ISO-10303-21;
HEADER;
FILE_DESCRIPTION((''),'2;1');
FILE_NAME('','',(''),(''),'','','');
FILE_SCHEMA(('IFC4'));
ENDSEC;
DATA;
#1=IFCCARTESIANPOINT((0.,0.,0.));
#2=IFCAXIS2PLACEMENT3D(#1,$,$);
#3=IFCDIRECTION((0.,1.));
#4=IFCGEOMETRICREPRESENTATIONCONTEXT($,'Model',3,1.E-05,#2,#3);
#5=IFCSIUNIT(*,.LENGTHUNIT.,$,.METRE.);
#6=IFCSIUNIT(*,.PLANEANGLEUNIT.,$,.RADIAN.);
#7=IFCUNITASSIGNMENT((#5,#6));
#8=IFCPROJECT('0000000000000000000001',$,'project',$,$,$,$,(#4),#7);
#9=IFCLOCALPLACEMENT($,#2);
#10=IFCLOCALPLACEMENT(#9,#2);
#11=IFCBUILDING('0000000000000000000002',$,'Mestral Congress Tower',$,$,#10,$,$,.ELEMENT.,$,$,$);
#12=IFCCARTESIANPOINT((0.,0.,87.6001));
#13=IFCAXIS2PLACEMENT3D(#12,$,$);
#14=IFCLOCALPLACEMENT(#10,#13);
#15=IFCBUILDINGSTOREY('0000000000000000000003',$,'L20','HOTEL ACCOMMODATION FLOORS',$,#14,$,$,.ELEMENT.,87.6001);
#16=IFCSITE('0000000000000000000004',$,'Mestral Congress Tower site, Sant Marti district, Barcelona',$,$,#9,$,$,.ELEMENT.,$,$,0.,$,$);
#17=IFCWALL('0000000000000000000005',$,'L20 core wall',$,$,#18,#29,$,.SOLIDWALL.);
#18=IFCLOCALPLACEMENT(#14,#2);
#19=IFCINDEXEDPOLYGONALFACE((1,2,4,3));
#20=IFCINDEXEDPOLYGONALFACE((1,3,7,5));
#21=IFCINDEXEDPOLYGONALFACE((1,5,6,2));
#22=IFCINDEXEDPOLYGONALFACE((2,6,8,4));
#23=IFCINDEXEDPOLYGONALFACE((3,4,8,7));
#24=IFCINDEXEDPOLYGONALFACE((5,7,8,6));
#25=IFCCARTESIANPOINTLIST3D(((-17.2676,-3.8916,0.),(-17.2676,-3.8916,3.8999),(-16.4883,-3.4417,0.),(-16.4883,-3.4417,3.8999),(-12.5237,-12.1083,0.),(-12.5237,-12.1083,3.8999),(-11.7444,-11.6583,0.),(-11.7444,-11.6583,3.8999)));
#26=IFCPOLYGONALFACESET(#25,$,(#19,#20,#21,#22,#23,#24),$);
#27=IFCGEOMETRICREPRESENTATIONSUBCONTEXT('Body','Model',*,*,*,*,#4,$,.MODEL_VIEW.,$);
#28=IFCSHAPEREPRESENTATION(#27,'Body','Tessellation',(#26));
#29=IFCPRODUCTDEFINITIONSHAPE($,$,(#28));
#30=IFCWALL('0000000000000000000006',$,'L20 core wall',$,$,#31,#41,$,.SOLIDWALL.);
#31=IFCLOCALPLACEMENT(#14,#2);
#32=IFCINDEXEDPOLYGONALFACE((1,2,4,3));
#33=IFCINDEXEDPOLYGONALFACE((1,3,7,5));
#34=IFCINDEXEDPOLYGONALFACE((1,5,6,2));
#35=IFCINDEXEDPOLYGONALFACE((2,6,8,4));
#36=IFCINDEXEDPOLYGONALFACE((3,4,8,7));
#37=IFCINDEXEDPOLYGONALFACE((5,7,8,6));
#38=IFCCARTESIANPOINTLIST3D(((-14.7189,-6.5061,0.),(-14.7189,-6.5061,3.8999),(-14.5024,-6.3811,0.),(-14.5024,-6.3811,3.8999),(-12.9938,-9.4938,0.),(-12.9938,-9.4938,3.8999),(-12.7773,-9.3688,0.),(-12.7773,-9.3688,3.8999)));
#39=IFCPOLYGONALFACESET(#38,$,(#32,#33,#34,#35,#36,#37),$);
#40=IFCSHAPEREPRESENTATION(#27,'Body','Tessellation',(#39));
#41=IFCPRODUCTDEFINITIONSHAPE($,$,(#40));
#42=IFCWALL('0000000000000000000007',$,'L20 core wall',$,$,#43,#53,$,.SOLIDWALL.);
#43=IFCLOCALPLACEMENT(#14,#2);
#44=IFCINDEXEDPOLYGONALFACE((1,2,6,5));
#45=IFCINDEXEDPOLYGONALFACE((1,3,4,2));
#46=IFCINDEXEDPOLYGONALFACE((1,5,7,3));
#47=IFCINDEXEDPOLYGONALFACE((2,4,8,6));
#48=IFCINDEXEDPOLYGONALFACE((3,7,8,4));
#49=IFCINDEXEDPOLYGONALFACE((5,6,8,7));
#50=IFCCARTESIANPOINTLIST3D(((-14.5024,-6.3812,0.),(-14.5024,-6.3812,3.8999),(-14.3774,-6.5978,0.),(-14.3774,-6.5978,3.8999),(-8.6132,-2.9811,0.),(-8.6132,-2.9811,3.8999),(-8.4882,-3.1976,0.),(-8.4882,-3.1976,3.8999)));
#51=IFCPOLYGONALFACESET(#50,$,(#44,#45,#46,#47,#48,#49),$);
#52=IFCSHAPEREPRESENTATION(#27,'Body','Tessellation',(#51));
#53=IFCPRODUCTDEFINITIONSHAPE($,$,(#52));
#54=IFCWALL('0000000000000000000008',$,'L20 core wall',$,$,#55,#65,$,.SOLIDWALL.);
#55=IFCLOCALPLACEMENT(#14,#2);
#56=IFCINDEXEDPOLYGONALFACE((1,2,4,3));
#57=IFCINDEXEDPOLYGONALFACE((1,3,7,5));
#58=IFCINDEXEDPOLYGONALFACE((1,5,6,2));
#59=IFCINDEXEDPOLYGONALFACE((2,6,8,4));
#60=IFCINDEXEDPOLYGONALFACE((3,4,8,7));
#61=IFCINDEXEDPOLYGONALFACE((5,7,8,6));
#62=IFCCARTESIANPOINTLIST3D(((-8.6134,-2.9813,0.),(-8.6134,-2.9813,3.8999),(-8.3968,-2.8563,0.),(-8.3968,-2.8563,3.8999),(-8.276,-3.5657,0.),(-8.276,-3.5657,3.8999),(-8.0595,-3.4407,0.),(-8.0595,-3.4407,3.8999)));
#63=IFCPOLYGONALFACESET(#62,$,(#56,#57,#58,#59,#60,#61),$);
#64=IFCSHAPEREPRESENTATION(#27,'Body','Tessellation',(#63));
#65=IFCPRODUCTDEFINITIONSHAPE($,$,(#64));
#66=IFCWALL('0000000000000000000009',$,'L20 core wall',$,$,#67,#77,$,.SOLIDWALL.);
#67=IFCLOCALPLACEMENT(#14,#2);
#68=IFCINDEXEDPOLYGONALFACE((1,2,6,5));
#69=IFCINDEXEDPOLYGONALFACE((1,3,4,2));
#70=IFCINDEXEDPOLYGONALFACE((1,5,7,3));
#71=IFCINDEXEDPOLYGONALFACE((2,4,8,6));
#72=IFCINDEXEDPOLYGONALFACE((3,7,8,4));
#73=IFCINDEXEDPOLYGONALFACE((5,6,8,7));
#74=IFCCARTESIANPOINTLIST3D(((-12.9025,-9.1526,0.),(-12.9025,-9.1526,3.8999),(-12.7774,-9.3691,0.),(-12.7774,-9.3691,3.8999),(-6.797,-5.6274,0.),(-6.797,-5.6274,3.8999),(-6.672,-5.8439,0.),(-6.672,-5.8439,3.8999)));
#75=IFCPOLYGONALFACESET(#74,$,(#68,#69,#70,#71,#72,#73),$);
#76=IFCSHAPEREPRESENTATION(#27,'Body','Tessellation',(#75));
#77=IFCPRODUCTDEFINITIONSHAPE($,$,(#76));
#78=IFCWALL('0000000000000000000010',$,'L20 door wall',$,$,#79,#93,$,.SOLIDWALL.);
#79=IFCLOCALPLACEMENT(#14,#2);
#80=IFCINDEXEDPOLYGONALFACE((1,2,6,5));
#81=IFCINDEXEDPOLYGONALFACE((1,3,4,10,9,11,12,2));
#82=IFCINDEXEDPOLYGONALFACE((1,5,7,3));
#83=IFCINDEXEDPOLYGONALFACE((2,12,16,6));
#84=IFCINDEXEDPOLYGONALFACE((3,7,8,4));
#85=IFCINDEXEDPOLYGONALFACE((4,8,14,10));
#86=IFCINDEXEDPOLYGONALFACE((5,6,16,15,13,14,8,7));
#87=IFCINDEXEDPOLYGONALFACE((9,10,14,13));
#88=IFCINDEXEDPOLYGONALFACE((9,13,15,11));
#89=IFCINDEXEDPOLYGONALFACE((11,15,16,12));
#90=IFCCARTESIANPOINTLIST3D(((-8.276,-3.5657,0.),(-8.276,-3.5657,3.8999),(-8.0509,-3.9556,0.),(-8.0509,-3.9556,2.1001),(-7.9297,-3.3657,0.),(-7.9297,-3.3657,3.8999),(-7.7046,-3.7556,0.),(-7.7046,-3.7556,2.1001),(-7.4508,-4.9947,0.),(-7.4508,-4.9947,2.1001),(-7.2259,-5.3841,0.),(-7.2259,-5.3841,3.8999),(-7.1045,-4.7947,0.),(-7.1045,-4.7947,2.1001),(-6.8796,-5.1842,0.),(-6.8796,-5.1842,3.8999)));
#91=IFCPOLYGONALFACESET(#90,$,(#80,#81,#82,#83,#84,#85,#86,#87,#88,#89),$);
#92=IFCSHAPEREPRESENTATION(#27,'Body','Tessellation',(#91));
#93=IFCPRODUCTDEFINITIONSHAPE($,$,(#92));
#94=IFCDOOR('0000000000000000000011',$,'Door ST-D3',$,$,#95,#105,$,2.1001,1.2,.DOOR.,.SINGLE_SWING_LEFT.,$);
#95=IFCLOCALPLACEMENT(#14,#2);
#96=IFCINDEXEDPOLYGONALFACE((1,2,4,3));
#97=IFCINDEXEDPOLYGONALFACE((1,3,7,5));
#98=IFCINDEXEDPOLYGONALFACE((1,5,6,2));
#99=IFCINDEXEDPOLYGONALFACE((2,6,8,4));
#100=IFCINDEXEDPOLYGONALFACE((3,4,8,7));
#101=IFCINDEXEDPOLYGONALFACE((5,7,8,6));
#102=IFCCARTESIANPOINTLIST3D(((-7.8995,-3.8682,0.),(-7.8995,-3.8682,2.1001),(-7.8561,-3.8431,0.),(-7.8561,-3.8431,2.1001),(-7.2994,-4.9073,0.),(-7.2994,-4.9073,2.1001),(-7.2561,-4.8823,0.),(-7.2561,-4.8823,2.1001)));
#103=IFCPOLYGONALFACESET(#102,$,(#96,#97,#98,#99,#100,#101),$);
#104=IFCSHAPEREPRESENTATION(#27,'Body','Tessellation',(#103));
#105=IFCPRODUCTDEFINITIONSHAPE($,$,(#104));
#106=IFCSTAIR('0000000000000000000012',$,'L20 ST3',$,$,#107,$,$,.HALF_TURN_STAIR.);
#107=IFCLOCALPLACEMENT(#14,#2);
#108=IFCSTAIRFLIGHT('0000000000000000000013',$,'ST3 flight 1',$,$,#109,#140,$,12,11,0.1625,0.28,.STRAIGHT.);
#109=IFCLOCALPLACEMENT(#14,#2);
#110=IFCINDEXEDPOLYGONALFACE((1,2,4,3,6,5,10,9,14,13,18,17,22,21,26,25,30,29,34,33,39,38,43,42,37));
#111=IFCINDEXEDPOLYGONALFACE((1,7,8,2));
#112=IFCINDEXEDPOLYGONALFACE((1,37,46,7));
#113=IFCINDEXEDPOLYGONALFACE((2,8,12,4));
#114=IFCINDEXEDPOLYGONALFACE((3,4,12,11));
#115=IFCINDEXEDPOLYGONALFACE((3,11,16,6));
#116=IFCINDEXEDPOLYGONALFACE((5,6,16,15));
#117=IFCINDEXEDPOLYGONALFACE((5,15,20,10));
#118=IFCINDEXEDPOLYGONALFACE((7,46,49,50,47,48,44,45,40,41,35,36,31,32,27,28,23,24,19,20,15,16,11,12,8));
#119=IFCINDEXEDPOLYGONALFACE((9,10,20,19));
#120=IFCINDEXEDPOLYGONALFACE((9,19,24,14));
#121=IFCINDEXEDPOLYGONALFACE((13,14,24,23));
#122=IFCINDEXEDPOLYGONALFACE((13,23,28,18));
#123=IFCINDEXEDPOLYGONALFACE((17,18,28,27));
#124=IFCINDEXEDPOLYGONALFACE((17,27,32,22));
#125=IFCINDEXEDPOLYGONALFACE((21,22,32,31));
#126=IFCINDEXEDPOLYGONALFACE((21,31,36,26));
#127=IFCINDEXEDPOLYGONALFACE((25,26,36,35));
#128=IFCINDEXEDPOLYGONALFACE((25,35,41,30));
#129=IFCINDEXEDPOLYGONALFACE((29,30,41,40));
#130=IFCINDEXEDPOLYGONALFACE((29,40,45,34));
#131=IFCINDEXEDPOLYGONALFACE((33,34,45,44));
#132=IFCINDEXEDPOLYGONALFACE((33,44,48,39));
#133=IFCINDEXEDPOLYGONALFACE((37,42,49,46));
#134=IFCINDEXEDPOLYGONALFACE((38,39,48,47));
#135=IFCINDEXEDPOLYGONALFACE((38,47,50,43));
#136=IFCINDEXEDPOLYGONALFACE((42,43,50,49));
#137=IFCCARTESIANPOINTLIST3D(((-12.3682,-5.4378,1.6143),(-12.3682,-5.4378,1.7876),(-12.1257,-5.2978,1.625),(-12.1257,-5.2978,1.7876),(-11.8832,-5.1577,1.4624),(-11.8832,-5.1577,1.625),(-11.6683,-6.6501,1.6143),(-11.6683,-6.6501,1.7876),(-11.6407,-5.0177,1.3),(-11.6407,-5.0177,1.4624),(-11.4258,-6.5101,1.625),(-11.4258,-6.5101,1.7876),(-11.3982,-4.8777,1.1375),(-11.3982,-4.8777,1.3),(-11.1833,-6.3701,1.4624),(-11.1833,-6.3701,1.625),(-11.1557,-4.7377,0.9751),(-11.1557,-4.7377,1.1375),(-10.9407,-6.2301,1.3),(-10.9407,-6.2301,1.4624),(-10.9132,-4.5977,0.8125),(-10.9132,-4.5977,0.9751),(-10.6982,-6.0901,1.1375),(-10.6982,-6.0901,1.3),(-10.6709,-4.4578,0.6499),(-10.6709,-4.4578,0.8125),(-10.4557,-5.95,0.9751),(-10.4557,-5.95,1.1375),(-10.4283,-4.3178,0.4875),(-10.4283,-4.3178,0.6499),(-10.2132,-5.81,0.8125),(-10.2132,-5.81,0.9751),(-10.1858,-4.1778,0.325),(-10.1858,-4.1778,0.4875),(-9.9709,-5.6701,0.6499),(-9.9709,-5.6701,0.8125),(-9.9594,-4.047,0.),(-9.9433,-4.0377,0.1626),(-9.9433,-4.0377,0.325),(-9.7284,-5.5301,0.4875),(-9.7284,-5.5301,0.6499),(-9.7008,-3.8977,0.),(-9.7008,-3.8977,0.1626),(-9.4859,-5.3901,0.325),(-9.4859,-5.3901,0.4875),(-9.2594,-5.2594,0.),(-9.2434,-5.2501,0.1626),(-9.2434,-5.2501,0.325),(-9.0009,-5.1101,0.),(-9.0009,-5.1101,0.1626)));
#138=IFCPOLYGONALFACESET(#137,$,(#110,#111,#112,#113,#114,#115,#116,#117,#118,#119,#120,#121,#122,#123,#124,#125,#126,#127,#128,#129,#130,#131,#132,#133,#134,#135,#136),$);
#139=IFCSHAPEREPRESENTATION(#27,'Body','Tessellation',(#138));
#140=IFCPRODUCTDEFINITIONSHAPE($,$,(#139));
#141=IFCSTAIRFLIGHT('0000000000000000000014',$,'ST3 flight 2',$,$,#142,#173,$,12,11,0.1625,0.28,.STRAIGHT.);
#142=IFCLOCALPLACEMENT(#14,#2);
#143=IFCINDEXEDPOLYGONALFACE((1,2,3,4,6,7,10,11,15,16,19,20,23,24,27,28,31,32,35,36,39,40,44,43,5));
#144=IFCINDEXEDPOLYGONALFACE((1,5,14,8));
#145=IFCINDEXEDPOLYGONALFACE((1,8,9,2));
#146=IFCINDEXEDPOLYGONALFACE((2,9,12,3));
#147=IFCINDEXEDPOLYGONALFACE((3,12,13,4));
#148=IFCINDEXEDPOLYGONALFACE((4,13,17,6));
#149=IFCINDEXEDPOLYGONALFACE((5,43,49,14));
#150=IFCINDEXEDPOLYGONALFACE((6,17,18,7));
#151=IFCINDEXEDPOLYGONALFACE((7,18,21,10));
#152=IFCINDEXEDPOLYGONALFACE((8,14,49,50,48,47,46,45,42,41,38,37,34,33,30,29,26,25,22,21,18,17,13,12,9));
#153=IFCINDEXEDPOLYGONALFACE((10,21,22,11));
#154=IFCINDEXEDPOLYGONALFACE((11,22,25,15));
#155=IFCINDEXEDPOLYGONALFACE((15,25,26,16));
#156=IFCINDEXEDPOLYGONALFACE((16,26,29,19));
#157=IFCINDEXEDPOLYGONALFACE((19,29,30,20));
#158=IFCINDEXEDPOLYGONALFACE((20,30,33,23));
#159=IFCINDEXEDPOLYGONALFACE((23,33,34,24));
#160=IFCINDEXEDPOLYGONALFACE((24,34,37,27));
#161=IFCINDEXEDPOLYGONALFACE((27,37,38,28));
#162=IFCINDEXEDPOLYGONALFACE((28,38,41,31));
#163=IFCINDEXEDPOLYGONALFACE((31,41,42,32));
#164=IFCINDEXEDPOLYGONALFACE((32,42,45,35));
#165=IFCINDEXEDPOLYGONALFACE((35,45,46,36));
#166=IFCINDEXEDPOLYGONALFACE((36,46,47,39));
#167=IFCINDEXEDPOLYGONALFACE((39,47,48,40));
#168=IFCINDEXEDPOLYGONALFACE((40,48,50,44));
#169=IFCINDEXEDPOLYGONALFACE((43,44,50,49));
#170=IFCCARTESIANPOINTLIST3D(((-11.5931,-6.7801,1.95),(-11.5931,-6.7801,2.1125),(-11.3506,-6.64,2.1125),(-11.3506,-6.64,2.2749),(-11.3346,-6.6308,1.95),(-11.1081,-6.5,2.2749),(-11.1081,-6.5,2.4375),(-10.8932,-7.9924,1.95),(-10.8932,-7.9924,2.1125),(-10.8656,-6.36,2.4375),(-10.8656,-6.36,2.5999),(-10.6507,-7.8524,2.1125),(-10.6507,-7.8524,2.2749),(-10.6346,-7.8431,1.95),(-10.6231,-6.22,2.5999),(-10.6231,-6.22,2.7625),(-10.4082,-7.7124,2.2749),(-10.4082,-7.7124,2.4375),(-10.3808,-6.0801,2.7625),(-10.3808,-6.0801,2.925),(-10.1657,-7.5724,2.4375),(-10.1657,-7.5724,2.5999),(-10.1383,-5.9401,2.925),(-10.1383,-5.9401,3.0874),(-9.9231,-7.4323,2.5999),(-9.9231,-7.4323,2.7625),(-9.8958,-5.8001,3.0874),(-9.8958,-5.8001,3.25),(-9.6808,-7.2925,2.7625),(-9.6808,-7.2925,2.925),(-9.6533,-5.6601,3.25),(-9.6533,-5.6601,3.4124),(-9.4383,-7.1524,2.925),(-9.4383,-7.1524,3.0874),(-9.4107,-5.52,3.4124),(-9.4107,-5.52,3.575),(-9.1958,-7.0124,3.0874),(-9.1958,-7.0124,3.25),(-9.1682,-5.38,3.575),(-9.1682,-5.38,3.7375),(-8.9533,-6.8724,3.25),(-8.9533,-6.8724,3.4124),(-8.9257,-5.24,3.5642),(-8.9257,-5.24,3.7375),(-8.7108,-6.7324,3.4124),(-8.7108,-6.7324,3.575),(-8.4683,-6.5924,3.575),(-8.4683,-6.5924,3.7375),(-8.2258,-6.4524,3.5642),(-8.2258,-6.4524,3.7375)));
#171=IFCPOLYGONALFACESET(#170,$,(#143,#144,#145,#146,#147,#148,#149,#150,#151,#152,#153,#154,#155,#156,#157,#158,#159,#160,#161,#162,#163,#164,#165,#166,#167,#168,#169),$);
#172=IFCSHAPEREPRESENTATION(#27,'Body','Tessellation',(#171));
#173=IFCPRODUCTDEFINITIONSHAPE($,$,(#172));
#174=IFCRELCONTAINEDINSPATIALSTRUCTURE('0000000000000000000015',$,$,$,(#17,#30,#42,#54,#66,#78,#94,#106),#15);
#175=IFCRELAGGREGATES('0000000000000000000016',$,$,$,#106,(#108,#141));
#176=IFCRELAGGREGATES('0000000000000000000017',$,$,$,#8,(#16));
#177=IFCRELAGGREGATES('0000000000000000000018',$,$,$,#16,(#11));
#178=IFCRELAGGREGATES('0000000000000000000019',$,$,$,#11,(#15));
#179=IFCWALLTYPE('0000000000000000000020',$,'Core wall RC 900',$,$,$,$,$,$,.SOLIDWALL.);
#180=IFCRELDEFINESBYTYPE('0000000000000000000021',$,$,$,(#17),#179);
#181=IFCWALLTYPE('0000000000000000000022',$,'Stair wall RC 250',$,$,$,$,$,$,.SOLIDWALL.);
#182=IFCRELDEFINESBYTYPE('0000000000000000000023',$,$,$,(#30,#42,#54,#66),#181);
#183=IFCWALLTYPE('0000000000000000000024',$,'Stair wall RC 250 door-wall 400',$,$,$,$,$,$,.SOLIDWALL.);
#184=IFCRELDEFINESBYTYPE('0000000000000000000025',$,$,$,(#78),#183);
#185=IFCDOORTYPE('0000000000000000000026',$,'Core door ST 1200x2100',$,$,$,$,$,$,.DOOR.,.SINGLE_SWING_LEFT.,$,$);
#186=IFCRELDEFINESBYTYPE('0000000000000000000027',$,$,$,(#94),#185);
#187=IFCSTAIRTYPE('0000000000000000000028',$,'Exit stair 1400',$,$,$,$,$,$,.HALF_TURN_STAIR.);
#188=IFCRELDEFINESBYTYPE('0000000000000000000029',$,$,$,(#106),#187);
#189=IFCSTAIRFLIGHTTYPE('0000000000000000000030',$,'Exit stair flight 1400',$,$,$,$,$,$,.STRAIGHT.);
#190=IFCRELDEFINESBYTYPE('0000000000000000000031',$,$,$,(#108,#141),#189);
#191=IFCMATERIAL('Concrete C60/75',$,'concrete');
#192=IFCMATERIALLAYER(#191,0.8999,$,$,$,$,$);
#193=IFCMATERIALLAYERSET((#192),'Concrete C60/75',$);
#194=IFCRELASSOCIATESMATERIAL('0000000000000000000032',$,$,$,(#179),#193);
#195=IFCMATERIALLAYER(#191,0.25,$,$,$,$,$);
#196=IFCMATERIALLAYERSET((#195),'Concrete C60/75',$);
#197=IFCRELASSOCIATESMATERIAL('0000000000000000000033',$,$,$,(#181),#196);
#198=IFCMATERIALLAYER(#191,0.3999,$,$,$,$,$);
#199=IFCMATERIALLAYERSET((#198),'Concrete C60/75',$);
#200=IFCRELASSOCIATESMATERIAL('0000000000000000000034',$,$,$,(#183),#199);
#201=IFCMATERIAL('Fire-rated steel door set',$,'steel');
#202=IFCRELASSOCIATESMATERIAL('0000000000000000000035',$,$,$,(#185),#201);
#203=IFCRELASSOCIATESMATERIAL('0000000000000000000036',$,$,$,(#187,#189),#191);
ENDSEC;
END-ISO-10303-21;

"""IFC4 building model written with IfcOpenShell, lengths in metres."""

from ifc_helpers import new_model, si_unit, direction, frame, frame_2d, origin, place, context, subcontext, project, spatial, polyline, rectangle, outline, extrude, material, layer, layer_set, type_object, element, fill, aggregate, save


model = new_model("IFC4")

# Units and contexts
model_context = context("Model", 3, precision=1e-05, world=origin(), true_north=direction((0.0, 1.0)))
body_context = subcontext(model_context, "Body", "Model", "MODEL_VIEW")
ifc_project = project(units=[si_unit("LENGTHUNIT", "METRE"), si_unit("PLANEANGLEUNIT", "RADIAN")], contexts=[model_context])

# Site, building, storey
site_placement = place(None, origin())
site = spatial("IfcSite", under=ifc_project, at=site_placement, Name="Mestral Congress Tower site, Sant Marti district, Barcelona", CompositionType="ELEMENT", RefElevation=0.0)
building_placement = place(site_placement, origin())
building = spatial("IfcBuilding", under=site, at=building_placement, Name="Mestral Congress Tower", CompositionType="ELEMENT")
storey_placement = place(building_placement, frame((0.0, 0.0, 87.6001)))
storey = spatial("IfcBuildingStorey", under=building, at=storey_placement, Name="L20", Description="HOTEL ACCOMMODATION FLOORS", CompositionType="ELEMENT", Elevation=87.6001)

# Walls
ifc_material_1 = material(Name="Concrete C60/75", Category="concrete")
ifc_layer_1 = layer(ifc_material_1, 0.8999)
ifc_layer_set_1 = layer_set([ifc_layer_1], Name="Concrete C60/75")
wall_type_1 = type_object("IfcWallType", Name="Core wall RC 900", PredefinedType="SOLIDWALL", material=ifc_layer_set_1)
wall_1_placement = place(storey_placement, frame((-12.134, -11.8833, 0.0), z_axis=(0.0, 0.0, 1.0), x_axis=(-0.500005, 0.866022, 0.0)))
element("IfcWall", 1, at=wall_1_placement, inside=storey, type_object=wall_type_1, Name="L20 core wall", PredefinedType="SOLIDWALL", context=body_context, shape_type="SweptSolid", body=[
    extrude(rectangle(XDim=9.4878, YDim=0.8999, at=frame_2d((4.7439, 0.0))), origin(), (0.0, 0.0, 1.0), 3.8999),
])
ifc_layer_2 = layer(ifc_material_1, 0.25)
ifc_layer_set_2 = layer_set([ifc_layer_2], Name="Concrete C60/75")
wall_type_2 = type_object("IfcWallType", Name="Stair wall RC 250", PredefinedType="SOLIDWALL", material=ifc_layer_set_2)
wall_2_placement = place(storey_placement, frame((-12.8855, -9.4314, 0.0), z_axis=(0.0, 0.0, 1.0), x_axis=(-0.500021, 0.866014, 0.0)))
element("IfcWall", 2, at=wall_2_placement, inside=storey, type_object=wall_type_2, Name="L20 core wall", PredefinedType="SOLIDWALL", context=body_context, shape_type="SweptSolid", body=[
    extrude(rectangle(XDim=3.45, YDim=0.25, at=frame_2d((1.7251, 0.0))), origin(), (0.0, 0.0, 1.0), 3.8999),
])
wall_3_placement = place(storey_placement, frame((-14.4399, -6.4895, 0.0), z_axis=(0.0, 0.0, 1.0), x_axis=(0.866023, 0.500004, 0.0)))
element("IfcWall", 3, at=wall_3_placement, inside=storey, type_object=wall_type_2, Name="L20 core wall", PredefinedType="SOLIDWALL", context=body_context, shape_type="SweptSolid", body=[
    extrude(rectangle(XDim=6.8003, YDim=0.25, at=frame_2d((3.4001, 0.0))), origin(), (0.0, 0.0, 1.0), 3.8999),
])
wall_4_placement = place(storey_placement, frame((-8.1677, -3.5032, 0.0), z_axis=(0.0, 0.0, 1.0), x_axis=(-0.499952, 0.866053, 0.0)))
element("IfcWall", 4, at=wall_4_placement, inside=storey, type_object=wall_type_2, Name="L20 core wall", PredefinedType="SOLIDWALL", context=body_context, shape_type="SweptSolid", body=[
    extrude(rectangle(XDim=0.6748, YDim=0.25, at=frame_2d((0.3374, 0.0))), origin(), (0.0, 0.0, 1.0), 3.8999),
])
wall_5_placement = place(storey_placement, frame((-12.8398, -9.2607, 0.0), z_axis=(0.0, 0.0, 1.0), x_axis=(0.866016, 0.500016, 0.0)))
element("IfcWall", 5, at=wall_5_placement, inside=storey, type_object=wall_type_2, Name="L20 core wall", PredefinedType="SOLIDWALL", context=body_context, shape_type="SweptSolid", body=[
    extrude(rectangle(XDim=7.05, YDim=0.25, at=frame_2d((3.5249, 0.0))), origin(), (0.0, 0.0, 1.0), 3.8999),
])

# Wall, opening, door
ifc_layer_3 = layer(ifc_material_1, 0.3999)
ifc_layer_set_3 = layer_set([ifc_layer_3], Name="Concrete C60/75")
wall_type_3 = type_object("IfcWallType", Name="Stair wall RC 250 door-wall 400", PredefinedType="SOLIDWALL", material=ifc_layer_set_3)
wall_6_placement = place(storey_placement, frame((-8.1028, -3.4658, 0.0), z_axis=(0.0, 0.0, 1.0), x_axis=(0.500078, -0.86598, 0.0)))
wall_6 = element("IfcWall", 6, at=wall_6_placement, inside=storey, type_object=wall_type_3, Name="L20 door wall", PredefinedType="SOLIDWALL", context=body_context, shape_type="SweptSolid", body=[
    extrude(rectangle(XDim=2.0999, YDim=0.3999, at=frame_2d((1.0498, 0.0))), origin(), (0.0, 0.0, 1.0), 3.8999),
])
opening_placement = place(wall_6_placement, frame((0.45, 0.0, 0.0)))
opening = element("IfcOpeningElement", 7, at=opening_placement, cuts=wall_6, PredefinedType="OPENING", context=body_context, shape_type="SweptSolid", body=[
    extrude(rectangle(XDim=1.2, YDim=2.1001, at=frame_2d((0.6001, 1.05))), frame((0.0, 0.21, 0.0), z_axis=(0.0, -1.0, 0.0), x_axis=(1.0, 0.0, 0.0)), (0.0, 0.0, 1.0), 0.4199),
])
ifc_material_2 = material(Name="Fire-rated steel door set", Category="steel")
door_type = type_object("IfcDoorType", Name="Core door ST 1200x2100", OperationType="SINGLE_SWING_LEFT", PredefinedType="DOOR", material=ifc_material_2)
door_placement = place(opening_placement, origin())
door = element("IfcDoor", 8, at=door_placement, inside=storey, type_object=door_type, Name="Door ST-D3", OperationType="SINGLE_SWING_LEFT", OverallHeight=2.1001, OverallWidth=1.2, PredefinedType="DOOR", context=body_context, shape_type="SweptSolid", body=[
    extrude(rectangle(XDim=1.2, YDim=2.1001, at=frame_2d((0.6001, 1.05))), frame((0.0, 0.0249, 0.0), z_axis=(0.0, -1.0, 0.0), x_axis=(1.0, 0.0, 0.0)), (0.0, 0.0, 1.0), 0.05),
])
fill(opening, door)

# Stair, stair flights
stair_type = type_object("IfcStairType", Name="Exit stair 1400", PredefinedType="HALF_TURN_STAIR", material=ifc_material_1)
stair_placement = place(storey_placement, origin())
stair = element("IfcStair", 9, at=stair_placement, inside=storey, type_object=stair_type, Name="L20 ST3", PredefinedType="HALF_TURN_STAIR")
stair_flight_type = type_object("IfcStairFlightType", Name="Exit stair flight 1400", PredefinedType="STRAIGHT", material=ifc_material_1)
stair_flight_1_placement = place(storey_placement, frame((-9.3508, -4.5039, 0.0), z_axis=(0.0, 0.0, 1.0), x_axis=(-0.866025, -0.5, 0.0)))
stair_flight_1 = element("IfcStairFlight", 10, at=stair_flight_1_placement, type_object=stair_flight_type, Name="ST3 flight 1", NumberOfRisers=12, NumberOfTreads=11, PredefinedType="STRAIGHT", RiserHeight=0.1625, TreadLength=0.28, context=body_context, shape_type="SweptSolid", body=[
    extrude(outline(polyline([(0.0, 0.0), (0.0, 0.1626), (0.28, 0.1626), (0.28, 0.325), (0.5601, 0.325), (0.5601, 0.4875), (0.8401, 0.4875), (0.8401, 0.6499), (1.1201, 0.6499), (1.1201, 0.8125), (1.3999, 0.8125), (1.3999, 0.9751), (1.6799, 0.9751), (1.6799, 1.1375), (1.96, 1.1375), (1.96, 1.3), (2.24, 1.3), (2.24, 1.4624), (2.52, 1.4624), (2.52, 1.625), (2.8, 1.625), (2.8, 1.7876), (3.0801, 1.7876), (3.0801, 1.95), (3.0801, 1.6143), (0.2986, 0.0), (0.0, 0.0)])), frame((0.0, 0.7, 0.0), z_axis=(0.0, -1.0, 0.0), x_axis=(1.0, 0.0, 0.0)), (0.0, 0.0, 1.0), 1.3999),
])
stair_flight_2_placement = place(storey_placement, frame((-11.2432, -7.3862, 1.95), z_axis=(0.0, 0.0, 1.0), x_axis=(0.866025, 0.5, 0.0)))
stair_flight_2 = element("IfcStairFlight", 11, at=stair_flight_2_placement, type_object=stair_flight_type, Name="ST3 flight 2", NumberOfRisers=12, NumberOfTreads=11, PredefinedType="STRAIGHT", RiserHeight=0.1625, TreadLength=0.28, context=body_context, shape_type="SweptSolid", body=[
    extrude(outline(polyline([(0.0, 0.0), (0.0, 0.1626), (0.28, 0.1626), (0.28, 0.325), (0.5601, 0.325), (0.5601, 0.4875), (0.8401, 0.4875), (0.8401, 0.6499), (1.1201, 0.6499), (1.1201, 0.8125), (1.3999, 0.8125), (1.3999, 0.9751), (1.6799, 0.9751), (1.6799, 1.1375), (1.96, 1.1375), (1.96, 1.3), (2.24, 1.3), (2.24, 1.4624), (2.52, 1.4624), (2.52, 1.625), (2.8, 1.625), (2.8, 1.7876), (3.0801, 1.7876), (3.0801, 1.95), (3.0801, 1.6143), (0.2986, 0.0), (0.0, 0.0)])), frame((0.0, 0.7, 0.0), z_axis=(0.0, -1.0, 0.0), x_axis=(1.0, 0.0, 0.0)), (0.0, 0.0, 1.0), 1.3999),
])
aggregate(stair, [stair_flight_1, stair_flight_2])

save(model, "model.ifc")
